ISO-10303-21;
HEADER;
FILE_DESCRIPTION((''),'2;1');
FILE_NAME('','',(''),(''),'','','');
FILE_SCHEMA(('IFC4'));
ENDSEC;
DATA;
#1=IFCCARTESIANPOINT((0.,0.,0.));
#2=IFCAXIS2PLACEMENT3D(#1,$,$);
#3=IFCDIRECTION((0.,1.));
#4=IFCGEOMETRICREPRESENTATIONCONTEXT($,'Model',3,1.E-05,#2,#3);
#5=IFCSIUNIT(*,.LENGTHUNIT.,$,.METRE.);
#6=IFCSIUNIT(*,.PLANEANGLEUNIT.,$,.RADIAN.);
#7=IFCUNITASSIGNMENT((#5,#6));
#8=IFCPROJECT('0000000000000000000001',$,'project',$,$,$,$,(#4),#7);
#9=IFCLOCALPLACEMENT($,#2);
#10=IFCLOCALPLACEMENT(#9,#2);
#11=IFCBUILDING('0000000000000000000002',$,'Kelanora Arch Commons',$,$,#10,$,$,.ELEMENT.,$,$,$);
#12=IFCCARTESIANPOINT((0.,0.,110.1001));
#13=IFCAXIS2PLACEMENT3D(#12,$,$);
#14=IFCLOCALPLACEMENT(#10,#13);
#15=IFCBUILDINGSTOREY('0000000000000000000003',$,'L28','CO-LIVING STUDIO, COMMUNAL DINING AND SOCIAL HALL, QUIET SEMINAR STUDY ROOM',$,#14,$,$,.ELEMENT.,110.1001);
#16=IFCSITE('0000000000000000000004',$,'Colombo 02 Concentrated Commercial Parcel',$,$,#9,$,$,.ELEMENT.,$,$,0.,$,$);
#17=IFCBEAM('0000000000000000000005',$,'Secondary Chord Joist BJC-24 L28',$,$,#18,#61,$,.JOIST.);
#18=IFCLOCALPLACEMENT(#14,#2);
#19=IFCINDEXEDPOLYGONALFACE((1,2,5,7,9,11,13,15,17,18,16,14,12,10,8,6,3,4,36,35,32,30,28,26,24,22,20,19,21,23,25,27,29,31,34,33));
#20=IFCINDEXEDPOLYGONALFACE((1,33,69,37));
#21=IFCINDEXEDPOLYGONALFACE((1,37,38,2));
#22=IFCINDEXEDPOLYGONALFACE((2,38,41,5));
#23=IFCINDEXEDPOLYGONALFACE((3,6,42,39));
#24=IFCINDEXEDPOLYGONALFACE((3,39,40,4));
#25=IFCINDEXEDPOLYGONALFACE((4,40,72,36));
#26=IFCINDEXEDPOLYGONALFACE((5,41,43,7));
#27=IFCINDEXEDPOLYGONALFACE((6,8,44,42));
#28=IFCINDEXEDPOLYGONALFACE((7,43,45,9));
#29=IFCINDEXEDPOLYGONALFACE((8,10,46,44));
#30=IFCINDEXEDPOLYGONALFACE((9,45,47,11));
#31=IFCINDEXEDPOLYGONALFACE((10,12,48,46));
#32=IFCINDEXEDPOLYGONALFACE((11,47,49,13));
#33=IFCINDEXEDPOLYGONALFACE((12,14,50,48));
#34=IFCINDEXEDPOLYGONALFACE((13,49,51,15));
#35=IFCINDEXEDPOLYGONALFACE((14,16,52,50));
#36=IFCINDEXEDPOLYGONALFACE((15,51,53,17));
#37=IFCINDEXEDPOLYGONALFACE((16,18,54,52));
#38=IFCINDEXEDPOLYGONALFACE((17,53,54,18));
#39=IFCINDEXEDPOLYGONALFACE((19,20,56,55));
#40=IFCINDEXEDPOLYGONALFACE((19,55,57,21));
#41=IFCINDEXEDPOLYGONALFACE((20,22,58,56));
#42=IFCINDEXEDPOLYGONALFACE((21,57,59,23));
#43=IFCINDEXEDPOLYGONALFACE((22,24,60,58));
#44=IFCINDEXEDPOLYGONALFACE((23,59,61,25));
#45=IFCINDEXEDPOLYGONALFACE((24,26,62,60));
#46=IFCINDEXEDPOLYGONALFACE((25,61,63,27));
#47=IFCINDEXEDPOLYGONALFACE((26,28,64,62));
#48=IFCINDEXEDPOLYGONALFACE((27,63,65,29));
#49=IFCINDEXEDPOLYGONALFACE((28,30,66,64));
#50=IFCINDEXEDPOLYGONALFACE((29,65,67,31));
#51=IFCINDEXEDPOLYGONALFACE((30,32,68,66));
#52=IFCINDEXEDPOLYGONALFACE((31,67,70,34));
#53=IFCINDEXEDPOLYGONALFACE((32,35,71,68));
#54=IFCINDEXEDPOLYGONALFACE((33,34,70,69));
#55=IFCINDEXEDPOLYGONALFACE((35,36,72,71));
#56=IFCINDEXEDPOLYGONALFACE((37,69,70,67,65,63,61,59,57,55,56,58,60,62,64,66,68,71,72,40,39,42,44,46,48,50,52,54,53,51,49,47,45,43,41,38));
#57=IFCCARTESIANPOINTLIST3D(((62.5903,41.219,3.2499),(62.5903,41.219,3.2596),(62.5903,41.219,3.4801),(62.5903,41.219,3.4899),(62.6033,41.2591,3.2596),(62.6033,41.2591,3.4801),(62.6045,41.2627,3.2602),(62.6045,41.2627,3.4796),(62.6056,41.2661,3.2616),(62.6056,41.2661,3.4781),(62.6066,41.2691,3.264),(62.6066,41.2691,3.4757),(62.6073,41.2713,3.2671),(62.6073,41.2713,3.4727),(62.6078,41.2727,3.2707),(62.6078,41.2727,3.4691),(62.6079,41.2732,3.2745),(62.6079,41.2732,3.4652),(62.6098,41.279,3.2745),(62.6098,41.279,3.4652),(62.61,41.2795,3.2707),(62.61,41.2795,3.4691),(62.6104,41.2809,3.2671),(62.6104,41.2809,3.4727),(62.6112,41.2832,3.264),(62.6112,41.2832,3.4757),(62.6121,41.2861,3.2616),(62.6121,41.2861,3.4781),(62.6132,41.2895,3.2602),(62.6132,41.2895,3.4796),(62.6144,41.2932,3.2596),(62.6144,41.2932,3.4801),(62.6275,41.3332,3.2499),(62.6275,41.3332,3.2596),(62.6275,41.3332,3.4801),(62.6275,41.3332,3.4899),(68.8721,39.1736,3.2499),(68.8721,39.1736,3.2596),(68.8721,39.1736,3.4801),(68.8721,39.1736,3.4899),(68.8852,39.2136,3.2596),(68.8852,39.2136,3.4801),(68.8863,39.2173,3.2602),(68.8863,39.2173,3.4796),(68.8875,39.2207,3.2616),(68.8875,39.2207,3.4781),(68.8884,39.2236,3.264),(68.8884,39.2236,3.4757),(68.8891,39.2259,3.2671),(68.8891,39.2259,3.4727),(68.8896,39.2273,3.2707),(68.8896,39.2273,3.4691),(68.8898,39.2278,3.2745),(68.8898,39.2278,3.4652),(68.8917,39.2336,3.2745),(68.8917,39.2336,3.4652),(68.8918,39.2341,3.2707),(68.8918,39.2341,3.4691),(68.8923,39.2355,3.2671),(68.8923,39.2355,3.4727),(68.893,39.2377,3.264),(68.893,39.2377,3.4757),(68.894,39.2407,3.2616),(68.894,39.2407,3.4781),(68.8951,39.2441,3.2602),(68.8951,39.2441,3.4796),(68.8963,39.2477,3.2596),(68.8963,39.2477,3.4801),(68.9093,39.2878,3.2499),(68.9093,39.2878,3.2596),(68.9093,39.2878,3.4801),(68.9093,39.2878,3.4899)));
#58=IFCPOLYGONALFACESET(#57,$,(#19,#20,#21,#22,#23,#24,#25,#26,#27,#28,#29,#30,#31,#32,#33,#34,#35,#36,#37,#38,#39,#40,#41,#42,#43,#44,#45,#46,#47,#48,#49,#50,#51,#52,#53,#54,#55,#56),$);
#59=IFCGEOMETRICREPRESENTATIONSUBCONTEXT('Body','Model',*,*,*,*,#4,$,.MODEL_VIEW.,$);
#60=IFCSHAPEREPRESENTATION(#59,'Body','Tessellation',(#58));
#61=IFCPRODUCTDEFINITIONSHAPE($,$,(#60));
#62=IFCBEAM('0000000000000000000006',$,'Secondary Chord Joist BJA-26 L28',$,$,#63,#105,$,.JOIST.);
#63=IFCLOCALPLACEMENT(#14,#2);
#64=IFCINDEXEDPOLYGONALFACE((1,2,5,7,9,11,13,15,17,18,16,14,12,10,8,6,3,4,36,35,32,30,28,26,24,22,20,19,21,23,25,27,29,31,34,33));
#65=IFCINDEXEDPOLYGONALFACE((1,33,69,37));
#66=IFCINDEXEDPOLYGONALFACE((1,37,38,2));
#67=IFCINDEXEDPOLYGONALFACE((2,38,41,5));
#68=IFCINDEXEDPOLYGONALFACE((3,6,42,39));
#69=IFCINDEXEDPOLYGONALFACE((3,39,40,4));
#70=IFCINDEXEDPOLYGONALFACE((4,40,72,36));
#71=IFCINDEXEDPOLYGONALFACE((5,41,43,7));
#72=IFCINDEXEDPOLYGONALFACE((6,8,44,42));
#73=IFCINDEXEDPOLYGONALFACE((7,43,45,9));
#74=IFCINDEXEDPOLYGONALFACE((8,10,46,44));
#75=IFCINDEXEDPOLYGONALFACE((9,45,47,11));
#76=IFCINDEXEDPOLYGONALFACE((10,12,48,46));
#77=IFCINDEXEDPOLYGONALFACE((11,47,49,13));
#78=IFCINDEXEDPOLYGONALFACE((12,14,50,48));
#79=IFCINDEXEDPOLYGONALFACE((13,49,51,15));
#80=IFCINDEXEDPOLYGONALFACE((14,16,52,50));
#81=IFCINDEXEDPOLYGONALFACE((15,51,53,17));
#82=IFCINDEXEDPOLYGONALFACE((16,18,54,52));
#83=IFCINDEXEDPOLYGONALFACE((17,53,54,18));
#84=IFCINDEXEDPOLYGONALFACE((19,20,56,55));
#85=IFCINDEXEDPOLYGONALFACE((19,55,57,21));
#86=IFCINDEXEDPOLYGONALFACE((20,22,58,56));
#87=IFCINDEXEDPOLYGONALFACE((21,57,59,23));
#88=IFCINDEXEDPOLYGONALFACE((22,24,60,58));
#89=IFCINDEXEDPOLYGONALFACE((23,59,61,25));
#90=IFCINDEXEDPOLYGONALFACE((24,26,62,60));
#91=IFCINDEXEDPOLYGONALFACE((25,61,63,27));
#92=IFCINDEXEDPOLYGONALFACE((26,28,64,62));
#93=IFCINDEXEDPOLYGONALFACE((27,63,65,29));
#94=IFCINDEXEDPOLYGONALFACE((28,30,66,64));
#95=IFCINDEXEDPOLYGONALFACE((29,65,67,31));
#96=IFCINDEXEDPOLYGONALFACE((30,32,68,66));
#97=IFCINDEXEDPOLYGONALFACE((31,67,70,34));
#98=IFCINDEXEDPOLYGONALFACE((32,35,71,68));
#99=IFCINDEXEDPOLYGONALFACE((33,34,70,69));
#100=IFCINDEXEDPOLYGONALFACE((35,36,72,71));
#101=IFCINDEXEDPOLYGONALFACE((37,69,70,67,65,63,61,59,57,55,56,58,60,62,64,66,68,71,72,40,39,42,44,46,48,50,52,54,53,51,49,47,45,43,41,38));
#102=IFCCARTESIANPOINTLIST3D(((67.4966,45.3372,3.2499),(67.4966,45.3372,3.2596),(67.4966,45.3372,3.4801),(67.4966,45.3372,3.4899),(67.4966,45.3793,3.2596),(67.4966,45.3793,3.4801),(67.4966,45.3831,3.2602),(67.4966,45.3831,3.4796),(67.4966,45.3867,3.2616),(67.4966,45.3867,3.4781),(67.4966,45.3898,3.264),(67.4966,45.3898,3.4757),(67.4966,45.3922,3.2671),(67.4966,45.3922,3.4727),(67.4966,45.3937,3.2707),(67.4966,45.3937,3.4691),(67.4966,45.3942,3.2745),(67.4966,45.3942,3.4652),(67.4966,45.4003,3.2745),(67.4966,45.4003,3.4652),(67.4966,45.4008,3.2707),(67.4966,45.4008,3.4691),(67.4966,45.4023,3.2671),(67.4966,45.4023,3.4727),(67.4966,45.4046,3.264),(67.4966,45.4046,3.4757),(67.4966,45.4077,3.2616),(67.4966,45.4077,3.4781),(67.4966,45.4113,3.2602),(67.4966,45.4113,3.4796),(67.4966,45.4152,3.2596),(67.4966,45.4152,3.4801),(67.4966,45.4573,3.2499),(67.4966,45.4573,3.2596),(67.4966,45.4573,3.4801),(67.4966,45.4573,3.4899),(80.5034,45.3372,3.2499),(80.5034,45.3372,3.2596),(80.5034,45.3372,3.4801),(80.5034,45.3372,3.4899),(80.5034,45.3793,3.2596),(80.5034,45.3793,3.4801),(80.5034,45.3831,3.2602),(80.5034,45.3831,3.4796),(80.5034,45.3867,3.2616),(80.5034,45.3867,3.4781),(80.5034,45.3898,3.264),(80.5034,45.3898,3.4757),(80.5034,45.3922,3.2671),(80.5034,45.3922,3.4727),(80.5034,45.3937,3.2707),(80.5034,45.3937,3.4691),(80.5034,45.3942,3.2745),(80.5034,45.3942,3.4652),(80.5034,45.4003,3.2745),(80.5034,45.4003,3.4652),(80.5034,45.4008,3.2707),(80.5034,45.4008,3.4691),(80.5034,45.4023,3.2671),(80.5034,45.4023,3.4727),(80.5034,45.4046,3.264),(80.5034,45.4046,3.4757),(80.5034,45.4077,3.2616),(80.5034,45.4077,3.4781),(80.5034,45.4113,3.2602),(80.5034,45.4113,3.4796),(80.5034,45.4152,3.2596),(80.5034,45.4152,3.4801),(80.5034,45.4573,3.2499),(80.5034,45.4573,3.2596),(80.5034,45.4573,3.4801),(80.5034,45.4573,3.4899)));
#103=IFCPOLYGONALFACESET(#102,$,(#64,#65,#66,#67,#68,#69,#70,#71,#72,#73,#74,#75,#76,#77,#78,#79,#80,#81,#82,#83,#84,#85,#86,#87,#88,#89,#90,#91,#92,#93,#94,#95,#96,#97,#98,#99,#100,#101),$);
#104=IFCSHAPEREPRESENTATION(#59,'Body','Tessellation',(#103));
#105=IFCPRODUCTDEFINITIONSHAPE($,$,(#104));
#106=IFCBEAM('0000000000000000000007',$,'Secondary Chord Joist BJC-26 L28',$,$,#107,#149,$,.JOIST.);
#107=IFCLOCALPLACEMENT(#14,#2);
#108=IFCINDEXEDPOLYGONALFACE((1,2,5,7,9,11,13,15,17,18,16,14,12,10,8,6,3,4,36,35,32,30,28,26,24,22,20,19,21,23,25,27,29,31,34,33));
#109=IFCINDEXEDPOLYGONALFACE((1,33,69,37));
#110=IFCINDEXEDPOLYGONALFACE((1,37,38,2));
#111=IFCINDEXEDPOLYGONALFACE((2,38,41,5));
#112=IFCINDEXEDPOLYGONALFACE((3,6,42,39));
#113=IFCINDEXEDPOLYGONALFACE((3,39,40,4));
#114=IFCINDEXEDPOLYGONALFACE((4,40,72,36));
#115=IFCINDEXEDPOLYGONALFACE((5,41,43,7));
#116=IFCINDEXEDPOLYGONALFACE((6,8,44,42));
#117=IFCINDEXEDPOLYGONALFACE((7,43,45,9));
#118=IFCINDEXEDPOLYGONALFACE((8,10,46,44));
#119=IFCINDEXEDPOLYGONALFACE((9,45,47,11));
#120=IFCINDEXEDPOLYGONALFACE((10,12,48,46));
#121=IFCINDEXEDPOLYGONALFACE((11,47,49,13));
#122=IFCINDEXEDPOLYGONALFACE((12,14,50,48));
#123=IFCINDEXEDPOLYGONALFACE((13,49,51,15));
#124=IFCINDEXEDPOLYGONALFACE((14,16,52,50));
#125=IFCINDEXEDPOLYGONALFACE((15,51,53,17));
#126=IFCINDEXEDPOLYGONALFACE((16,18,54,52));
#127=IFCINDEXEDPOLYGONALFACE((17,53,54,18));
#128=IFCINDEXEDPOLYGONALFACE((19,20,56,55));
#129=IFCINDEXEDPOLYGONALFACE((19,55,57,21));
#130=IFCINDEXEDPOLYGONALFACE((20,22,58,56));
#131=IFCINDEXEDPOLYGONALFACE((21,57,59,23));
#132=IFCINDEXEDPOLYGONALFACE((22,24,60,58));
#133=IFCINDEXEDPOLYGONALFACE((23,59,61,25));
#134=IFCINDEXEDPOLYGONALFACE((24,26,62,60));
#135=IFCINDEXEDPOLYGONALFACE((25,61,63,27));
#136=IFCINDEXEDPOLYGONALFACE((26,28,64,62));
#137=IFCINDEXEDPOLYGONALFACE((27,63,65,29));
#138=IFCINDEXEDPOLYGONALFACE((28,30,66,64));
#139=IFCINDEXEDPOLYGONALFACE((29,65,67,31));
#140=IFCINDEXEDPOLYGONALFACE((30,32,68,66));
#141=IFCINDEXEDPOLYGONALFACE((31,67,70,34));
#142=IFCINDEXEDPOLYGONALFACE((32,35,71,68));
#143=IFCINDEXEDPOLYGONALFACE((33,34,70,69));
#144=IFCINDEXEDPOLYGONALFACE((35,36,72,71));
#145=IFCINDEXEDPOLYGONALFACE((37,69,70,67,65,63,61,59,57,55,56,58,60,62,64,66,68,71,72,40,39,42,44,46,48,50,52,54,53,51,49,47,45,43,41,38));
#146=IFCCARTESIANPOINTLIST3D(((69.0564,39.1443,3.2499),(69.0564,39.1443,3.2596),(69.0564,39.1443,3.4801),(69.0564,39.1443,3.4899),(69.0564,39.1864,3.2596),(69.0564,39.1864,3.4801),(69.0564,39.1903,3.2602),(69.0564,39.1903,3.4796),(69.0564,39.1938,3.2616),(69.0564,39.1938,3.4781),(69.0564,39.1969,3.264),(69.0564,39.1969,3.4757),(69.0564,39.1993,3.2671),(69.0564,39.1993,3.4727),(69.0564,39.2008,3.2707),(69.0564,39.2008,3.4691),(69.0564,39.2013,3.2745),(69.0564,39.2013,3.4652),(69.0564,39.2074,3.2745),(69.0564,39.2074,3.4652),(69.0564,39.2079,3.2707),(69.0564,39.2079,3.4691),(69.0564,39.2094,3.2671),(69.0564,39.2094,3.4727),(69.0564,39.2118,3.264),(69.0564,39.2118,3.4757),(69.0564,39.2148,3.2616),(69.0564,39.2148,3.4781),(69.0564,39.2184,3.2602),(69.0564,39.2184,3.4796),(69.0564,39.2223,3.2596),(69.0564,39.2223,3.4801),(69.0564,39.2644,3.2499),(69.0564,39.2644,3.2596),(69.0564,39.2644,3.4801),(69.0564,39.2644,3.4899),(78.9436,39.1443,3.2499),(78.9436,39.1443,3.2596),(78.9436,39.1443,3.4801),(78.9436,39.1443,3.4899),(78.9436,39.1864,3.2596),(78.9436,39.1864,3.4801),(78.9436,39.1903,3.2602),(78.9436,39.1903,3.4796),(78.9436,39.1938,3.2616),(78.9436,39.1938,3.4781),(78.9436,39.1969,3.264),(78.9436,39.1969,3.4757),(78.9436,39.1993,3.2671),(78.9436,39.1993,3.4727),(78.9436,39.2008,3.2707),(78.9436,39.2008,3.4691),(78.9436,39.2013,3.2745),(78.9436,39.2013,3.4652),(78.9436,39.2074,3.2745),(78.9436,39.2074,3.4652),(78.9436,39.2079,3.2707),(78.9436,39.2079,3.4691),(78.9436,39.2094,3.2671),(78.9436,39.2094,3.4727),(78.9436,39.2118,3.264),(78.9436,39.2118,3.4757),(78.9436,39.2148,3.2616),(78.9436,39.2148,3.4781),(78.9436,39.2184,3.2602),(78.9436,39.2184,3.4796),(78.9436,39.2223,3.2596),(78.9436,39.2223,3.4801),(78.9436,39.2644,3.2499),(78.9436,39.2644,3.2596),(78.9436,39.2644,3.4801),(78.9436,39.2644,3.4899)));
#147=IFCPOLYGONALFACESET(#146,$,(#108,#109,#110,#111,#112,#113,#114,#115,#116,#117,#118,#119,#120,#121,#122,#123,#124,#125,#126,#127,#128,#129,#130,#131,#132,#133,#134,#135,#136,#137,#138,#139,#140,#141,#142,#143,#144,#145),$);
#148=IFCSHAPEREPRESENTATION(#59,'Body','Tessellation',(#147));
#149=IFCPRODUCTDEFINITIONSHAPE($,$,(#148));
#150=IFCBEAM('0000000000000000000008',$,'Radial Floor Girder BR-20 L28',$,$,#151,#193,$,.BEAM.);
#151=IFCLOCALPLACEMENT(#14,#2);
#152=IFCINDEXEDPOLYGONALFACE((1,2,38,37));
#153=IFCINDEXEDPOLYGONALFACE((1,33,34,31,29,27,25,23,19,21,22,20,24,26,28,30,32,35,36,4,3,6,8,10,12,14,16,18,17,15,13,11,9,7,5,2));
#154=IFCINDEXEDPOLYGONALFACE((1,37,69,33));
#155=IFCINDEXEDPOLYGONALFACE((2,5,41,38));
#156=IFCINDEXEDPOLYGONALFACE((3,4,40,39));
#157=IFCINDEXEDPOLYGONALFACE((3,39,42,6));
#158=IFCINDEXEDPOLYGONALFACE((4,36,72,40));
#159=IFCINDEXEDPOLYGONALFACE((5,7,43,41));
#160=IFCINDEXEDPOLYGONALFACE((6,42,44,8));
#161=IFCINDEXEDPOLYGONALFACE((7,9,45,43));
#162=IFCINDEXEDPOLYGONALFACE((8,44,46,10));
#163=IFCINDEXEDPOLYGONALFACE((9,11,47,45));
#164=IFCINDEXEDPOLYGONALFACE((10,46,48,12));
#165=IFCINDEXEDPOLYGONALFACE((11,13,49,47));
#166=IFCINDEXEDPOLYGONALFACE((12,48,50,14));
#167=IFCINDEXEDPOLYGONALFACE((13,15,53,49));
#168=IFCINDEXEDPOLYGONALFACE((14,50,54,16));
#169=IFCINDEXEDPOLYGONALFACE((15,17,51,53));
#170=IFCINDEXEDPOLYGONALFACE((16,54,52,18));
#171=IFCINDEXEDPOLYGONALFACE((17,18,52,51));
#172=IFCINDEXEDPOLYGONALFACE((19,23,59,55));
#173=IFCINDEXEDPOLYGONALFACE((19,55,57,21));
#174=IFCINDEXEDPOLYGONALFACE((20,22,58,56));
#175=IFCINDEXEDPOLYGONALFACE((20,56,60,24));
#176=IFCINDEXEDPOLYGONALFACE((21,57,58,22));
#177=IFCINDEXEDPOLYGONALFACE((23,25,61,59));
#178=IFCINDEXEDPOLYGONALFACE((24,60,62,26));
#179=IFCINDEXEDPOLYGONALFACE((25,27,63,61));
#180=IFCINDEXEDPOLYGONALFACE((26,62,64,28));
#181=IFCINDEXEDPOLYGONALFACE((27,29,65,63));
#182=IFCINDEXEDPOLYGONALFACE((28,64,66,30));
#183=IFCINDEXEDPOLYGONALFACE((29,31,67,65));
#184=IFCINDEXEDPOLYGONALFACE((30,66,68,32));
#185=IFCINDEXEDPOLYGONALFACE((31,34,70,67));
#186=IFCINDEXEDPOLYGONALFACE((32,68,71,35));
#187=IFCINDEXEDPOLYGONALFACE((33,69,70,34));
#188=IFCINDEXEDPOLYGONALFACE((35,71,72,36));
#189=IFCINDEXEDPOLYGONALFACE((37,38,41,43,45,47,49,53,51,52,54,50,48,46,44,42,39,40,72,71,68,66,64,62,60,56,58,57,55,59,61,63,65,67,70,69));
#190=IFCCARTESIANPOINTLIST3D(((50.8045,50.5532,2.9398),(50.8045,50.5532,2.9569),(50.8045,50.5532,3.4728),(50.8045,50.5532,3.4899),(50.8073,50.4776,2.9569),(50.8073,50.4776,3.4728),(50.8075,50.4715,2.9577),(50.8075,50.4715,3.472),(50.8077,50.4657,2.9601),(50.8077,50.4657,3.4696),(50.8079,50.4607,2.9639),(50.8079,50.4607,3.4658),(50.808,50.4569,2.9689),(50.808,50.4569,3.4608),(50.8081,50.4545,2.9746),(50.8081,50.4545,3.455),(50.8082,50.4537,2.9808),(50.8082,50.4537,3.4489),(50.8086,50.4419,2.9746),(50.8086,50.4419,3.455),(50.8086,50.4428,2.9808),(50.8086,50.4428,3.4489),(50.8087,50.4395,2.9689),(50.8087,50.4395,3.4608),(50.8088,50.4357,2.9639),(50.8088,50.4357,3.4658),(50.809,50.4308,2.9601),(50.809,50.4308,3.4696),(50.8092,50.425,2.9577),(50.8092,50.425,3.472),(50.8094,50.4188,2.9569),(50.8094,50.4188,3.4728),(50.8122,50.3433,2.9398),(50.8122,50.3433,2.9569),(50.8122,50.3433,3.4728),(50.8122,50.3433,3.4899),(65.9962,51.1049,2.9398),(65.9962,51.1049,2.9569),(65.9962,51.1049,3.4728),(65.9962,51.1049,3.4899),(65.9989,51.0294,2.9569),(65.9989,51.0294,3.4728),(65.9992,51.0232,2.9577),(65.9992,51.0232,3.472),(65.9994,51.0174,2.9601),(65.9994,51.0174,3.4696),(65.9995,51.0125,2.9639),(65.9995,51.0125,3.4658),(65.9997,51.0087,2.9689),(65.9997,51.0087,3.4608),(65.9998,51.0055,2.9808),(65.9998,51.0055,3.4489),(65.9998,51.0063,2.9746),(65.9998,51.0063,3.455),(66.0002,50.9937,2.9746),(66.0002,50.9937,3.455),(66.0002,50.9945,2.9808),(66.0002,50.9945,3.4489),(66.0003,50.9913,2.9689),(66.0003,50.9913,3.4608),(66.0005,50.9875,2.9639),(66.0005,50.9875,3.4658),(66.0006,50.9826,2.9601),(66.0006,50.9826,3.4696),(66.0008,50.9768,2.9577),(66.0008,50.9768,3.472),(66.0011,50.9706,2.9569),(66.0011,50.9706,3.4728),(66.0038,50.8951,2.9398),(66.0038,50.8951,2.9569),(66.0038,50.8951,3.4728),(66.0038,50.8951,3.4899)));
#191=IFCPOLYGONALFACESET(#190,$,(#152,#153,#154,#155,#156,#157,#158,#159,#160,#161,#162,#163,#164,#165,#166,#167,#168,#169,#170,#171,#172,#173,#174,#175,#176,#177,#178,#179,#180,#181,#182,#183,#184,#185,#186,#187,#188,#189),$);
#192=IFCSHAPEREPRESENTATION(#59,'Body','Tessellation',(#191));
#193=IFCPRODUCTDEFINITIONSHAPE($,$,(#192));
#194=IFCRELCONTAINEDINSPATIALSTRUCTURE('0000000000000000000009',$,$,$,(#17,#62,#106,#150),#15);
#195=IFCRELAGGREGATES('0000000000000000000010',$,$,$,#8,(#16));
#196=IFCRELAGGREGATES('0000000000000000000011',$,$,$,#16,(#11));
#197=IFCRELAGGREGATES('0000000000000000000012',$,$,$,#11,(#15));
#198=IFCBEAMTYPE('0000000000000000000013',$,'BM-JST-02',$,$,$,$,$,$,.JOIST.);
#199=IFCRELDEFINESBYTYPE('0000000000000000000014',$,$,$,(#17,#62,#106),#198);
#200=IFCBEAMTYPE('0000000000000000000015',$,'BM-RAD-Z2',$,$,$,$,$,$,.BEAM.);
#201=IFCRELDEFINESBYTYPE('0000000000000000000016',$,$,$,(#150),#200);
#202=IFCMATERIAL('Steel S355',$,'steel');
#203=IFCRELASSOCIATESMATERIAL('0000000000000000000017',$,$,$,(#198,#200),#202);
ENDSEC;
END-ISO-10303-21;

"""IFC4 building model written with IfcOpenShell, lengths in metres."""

from ifc_helpers import new_model, si_unit, direction, frame, origin, origin_2d, place, context, subcontext, project, spatial, i_section, extrude, material, material_profile, profile_set, type_object, element, save


model = new_model("IFC4")

# Units and contexts
model_context = context("Model", 3, precision=1e-05, world=origin(), true_north=direction((0.0, 1.0)))
body_context = subcontext(model_context, "Body", "Model", "MODEL_VIEW")
ifc_project = project(units=[si_unit("LENGTHUNIT", "METRE"), si_unit("PLANEANGLEUNIT", "RADIAN")], contexts=[model_context])

# Site, building, storey
site_placement = place(None, origin())
site = spatial("IfcSite", under=ifc_project, at=site_placement, Name="Colombo 02 Concentrated Commercial Parcel", CompositionType="ELEMENT", RefElevation=0.0)
building_placement = place(site_placement, origin())
building = spatial("IfcBuilding", under=site, at=building_placement, Name="Kelanora Arch Commons", CompositionType="ELEMENT")
storey_placement = place(building_placement, frame((0.0, 0.0, 110.1001)))
storey = spatial("IfcBuildingStorey", under=building, at=storey_placement, Name="L28", Description="CO-LIVING STUDIO, COMMUNAL DINING AND SOCIAL HALL, QUIET SEMINAR STUDY ROOM", CompositionType="ELEMENT", Elevation=110.1001)

# Beams
ifc_material_1 = material(Name="Steel S355", Category="steel")
ifc_material_profile_1 = material_profile(ifc_material_1, i_section(OverallWidth=0.1201, OverallDepth=0.24, WebThickness=0.0061, FlangeThickness=0.0098, FilletRadius=0.0149, at=origin_2d()), Name="IPE240")
ifc_profile_set_1 = profile_set([ifc_material_profile_1], Name="Steel S355")
beam_type_1 = type_object("IfcBeamType", Name="BM-JST-02", PredefinedType="JOIST", material=ifc_profile_set_1)
beam_1_placement = place(storey_placement, frame((62.6089, 41.2761, 3.3699), z_axis=(0.950863, -0.309612, 0.0), x_axis=(0.309612, 0.950863, 0.0)))
element("IfcBeam", 1, at=beam_1_placement, inside=storey, type_object=beam_type_1, Name="Secondary Chord Joist BJC-24 L28", PredefinedType="JOIST", context=body_context, shape_type="SweptSolid", body=[
    extrude(i_section(OverallWidth=0.1201, OverallDepth=0.24, WebThickness=0.0061, FlangeThickness=0.0098, FilletRadius=0.0149, at=origin_2d()), origin(), (0.0, 0.0, 1.0), 6.6064),
])
beam_2_placement = place(storey_placement, frame((67.4966, 45.3972, 3.3699), z_axis=(1.0, 0.0, 0.0), x_axis=(0.0, 1.0, 0.0)))
element("IfcBeam", 2, at=beam_2_placement, inside=storey, type_object=beam_type_1, Name="Secondary Chord Joist BJA-26 L28", PredefinedType="JOIST", context=body_context, shape_type="SweptSolid", body=[
    extrude(i_section(OverallWidth=0.1201, OverallDepth=0.24, WebThickness=0.0061, FlangeThickness=0.0098, FilletRadius=0.0149, at=origin_2d()), origin(), (0.0, 0.0, 1.0), 13.0068),
])
beam_3_placement = place(storey_placement, frame((69.0564, 39.2043, 3.3699), z_axis=(1.0, 0.0, 0.0), x_axis=(0.0, 1.0, 0.0)))
element("IfcBeam", 3, at=beam_3_placement, inside=storey, type_object=beam_type_1, Name="Secondary Chord Joist BJC-26 L28", PredefinedType="JOIST", context=body_context, shape_type="SweptSolid", body=[
    extrude(i_section(OverallWidth=0.1201, OverallDepth=0.24, WebThickness=0.0061, FlangeThickness=0.0098, FilletRadius=0.0149, at=origin_2d()), origin(), (0.0, 0.0, 1.0), 9.8872),
])
ifc_material_profile_2 = material_profile(ifc_material_1, i_section(OverallWidth=0.21, OverallDepth=0.55, WebThickness=0.011, FlangeThickness=0.0171, FilletRadius=0.0239, at=origin_2d()), Name="IPE550")
ifc_profile_set_2 = profile_set([ifc_material_profile_2], Name="Steel S355")
beam_type_2 = type_object("IfcBeamType", Name="BM-RAD-Z2", PredefinedType="BEAM", material=ifc_profile_set_2)
beam_4_placement = place(storey_placement, frame((66.0, 51.0, 3.2148), z_axis=(-0.999341, -0.036296, 0.0), x_axis=(0.036296, -0.999341, 0.0)))
element("IfcBeam", 4, at=beam_4_placement, inside=storey, type_object=beam_type_2, Name="Radial Floor Girder BR-20 L28", PredefinedType="BEAM", context=body_context, shape_type="SweptSolid", body=[
    extrude(i_section(OverallWidth=0.21, OverallDepth=0.55, WebThickness=0.011, FlangeThickness=0.0171, FilletRadius=0.0239, at=origin_2d()), origin(), (0.0, 0.0, 1.0), 15.2017),
])

save(model, "model.ifc")
